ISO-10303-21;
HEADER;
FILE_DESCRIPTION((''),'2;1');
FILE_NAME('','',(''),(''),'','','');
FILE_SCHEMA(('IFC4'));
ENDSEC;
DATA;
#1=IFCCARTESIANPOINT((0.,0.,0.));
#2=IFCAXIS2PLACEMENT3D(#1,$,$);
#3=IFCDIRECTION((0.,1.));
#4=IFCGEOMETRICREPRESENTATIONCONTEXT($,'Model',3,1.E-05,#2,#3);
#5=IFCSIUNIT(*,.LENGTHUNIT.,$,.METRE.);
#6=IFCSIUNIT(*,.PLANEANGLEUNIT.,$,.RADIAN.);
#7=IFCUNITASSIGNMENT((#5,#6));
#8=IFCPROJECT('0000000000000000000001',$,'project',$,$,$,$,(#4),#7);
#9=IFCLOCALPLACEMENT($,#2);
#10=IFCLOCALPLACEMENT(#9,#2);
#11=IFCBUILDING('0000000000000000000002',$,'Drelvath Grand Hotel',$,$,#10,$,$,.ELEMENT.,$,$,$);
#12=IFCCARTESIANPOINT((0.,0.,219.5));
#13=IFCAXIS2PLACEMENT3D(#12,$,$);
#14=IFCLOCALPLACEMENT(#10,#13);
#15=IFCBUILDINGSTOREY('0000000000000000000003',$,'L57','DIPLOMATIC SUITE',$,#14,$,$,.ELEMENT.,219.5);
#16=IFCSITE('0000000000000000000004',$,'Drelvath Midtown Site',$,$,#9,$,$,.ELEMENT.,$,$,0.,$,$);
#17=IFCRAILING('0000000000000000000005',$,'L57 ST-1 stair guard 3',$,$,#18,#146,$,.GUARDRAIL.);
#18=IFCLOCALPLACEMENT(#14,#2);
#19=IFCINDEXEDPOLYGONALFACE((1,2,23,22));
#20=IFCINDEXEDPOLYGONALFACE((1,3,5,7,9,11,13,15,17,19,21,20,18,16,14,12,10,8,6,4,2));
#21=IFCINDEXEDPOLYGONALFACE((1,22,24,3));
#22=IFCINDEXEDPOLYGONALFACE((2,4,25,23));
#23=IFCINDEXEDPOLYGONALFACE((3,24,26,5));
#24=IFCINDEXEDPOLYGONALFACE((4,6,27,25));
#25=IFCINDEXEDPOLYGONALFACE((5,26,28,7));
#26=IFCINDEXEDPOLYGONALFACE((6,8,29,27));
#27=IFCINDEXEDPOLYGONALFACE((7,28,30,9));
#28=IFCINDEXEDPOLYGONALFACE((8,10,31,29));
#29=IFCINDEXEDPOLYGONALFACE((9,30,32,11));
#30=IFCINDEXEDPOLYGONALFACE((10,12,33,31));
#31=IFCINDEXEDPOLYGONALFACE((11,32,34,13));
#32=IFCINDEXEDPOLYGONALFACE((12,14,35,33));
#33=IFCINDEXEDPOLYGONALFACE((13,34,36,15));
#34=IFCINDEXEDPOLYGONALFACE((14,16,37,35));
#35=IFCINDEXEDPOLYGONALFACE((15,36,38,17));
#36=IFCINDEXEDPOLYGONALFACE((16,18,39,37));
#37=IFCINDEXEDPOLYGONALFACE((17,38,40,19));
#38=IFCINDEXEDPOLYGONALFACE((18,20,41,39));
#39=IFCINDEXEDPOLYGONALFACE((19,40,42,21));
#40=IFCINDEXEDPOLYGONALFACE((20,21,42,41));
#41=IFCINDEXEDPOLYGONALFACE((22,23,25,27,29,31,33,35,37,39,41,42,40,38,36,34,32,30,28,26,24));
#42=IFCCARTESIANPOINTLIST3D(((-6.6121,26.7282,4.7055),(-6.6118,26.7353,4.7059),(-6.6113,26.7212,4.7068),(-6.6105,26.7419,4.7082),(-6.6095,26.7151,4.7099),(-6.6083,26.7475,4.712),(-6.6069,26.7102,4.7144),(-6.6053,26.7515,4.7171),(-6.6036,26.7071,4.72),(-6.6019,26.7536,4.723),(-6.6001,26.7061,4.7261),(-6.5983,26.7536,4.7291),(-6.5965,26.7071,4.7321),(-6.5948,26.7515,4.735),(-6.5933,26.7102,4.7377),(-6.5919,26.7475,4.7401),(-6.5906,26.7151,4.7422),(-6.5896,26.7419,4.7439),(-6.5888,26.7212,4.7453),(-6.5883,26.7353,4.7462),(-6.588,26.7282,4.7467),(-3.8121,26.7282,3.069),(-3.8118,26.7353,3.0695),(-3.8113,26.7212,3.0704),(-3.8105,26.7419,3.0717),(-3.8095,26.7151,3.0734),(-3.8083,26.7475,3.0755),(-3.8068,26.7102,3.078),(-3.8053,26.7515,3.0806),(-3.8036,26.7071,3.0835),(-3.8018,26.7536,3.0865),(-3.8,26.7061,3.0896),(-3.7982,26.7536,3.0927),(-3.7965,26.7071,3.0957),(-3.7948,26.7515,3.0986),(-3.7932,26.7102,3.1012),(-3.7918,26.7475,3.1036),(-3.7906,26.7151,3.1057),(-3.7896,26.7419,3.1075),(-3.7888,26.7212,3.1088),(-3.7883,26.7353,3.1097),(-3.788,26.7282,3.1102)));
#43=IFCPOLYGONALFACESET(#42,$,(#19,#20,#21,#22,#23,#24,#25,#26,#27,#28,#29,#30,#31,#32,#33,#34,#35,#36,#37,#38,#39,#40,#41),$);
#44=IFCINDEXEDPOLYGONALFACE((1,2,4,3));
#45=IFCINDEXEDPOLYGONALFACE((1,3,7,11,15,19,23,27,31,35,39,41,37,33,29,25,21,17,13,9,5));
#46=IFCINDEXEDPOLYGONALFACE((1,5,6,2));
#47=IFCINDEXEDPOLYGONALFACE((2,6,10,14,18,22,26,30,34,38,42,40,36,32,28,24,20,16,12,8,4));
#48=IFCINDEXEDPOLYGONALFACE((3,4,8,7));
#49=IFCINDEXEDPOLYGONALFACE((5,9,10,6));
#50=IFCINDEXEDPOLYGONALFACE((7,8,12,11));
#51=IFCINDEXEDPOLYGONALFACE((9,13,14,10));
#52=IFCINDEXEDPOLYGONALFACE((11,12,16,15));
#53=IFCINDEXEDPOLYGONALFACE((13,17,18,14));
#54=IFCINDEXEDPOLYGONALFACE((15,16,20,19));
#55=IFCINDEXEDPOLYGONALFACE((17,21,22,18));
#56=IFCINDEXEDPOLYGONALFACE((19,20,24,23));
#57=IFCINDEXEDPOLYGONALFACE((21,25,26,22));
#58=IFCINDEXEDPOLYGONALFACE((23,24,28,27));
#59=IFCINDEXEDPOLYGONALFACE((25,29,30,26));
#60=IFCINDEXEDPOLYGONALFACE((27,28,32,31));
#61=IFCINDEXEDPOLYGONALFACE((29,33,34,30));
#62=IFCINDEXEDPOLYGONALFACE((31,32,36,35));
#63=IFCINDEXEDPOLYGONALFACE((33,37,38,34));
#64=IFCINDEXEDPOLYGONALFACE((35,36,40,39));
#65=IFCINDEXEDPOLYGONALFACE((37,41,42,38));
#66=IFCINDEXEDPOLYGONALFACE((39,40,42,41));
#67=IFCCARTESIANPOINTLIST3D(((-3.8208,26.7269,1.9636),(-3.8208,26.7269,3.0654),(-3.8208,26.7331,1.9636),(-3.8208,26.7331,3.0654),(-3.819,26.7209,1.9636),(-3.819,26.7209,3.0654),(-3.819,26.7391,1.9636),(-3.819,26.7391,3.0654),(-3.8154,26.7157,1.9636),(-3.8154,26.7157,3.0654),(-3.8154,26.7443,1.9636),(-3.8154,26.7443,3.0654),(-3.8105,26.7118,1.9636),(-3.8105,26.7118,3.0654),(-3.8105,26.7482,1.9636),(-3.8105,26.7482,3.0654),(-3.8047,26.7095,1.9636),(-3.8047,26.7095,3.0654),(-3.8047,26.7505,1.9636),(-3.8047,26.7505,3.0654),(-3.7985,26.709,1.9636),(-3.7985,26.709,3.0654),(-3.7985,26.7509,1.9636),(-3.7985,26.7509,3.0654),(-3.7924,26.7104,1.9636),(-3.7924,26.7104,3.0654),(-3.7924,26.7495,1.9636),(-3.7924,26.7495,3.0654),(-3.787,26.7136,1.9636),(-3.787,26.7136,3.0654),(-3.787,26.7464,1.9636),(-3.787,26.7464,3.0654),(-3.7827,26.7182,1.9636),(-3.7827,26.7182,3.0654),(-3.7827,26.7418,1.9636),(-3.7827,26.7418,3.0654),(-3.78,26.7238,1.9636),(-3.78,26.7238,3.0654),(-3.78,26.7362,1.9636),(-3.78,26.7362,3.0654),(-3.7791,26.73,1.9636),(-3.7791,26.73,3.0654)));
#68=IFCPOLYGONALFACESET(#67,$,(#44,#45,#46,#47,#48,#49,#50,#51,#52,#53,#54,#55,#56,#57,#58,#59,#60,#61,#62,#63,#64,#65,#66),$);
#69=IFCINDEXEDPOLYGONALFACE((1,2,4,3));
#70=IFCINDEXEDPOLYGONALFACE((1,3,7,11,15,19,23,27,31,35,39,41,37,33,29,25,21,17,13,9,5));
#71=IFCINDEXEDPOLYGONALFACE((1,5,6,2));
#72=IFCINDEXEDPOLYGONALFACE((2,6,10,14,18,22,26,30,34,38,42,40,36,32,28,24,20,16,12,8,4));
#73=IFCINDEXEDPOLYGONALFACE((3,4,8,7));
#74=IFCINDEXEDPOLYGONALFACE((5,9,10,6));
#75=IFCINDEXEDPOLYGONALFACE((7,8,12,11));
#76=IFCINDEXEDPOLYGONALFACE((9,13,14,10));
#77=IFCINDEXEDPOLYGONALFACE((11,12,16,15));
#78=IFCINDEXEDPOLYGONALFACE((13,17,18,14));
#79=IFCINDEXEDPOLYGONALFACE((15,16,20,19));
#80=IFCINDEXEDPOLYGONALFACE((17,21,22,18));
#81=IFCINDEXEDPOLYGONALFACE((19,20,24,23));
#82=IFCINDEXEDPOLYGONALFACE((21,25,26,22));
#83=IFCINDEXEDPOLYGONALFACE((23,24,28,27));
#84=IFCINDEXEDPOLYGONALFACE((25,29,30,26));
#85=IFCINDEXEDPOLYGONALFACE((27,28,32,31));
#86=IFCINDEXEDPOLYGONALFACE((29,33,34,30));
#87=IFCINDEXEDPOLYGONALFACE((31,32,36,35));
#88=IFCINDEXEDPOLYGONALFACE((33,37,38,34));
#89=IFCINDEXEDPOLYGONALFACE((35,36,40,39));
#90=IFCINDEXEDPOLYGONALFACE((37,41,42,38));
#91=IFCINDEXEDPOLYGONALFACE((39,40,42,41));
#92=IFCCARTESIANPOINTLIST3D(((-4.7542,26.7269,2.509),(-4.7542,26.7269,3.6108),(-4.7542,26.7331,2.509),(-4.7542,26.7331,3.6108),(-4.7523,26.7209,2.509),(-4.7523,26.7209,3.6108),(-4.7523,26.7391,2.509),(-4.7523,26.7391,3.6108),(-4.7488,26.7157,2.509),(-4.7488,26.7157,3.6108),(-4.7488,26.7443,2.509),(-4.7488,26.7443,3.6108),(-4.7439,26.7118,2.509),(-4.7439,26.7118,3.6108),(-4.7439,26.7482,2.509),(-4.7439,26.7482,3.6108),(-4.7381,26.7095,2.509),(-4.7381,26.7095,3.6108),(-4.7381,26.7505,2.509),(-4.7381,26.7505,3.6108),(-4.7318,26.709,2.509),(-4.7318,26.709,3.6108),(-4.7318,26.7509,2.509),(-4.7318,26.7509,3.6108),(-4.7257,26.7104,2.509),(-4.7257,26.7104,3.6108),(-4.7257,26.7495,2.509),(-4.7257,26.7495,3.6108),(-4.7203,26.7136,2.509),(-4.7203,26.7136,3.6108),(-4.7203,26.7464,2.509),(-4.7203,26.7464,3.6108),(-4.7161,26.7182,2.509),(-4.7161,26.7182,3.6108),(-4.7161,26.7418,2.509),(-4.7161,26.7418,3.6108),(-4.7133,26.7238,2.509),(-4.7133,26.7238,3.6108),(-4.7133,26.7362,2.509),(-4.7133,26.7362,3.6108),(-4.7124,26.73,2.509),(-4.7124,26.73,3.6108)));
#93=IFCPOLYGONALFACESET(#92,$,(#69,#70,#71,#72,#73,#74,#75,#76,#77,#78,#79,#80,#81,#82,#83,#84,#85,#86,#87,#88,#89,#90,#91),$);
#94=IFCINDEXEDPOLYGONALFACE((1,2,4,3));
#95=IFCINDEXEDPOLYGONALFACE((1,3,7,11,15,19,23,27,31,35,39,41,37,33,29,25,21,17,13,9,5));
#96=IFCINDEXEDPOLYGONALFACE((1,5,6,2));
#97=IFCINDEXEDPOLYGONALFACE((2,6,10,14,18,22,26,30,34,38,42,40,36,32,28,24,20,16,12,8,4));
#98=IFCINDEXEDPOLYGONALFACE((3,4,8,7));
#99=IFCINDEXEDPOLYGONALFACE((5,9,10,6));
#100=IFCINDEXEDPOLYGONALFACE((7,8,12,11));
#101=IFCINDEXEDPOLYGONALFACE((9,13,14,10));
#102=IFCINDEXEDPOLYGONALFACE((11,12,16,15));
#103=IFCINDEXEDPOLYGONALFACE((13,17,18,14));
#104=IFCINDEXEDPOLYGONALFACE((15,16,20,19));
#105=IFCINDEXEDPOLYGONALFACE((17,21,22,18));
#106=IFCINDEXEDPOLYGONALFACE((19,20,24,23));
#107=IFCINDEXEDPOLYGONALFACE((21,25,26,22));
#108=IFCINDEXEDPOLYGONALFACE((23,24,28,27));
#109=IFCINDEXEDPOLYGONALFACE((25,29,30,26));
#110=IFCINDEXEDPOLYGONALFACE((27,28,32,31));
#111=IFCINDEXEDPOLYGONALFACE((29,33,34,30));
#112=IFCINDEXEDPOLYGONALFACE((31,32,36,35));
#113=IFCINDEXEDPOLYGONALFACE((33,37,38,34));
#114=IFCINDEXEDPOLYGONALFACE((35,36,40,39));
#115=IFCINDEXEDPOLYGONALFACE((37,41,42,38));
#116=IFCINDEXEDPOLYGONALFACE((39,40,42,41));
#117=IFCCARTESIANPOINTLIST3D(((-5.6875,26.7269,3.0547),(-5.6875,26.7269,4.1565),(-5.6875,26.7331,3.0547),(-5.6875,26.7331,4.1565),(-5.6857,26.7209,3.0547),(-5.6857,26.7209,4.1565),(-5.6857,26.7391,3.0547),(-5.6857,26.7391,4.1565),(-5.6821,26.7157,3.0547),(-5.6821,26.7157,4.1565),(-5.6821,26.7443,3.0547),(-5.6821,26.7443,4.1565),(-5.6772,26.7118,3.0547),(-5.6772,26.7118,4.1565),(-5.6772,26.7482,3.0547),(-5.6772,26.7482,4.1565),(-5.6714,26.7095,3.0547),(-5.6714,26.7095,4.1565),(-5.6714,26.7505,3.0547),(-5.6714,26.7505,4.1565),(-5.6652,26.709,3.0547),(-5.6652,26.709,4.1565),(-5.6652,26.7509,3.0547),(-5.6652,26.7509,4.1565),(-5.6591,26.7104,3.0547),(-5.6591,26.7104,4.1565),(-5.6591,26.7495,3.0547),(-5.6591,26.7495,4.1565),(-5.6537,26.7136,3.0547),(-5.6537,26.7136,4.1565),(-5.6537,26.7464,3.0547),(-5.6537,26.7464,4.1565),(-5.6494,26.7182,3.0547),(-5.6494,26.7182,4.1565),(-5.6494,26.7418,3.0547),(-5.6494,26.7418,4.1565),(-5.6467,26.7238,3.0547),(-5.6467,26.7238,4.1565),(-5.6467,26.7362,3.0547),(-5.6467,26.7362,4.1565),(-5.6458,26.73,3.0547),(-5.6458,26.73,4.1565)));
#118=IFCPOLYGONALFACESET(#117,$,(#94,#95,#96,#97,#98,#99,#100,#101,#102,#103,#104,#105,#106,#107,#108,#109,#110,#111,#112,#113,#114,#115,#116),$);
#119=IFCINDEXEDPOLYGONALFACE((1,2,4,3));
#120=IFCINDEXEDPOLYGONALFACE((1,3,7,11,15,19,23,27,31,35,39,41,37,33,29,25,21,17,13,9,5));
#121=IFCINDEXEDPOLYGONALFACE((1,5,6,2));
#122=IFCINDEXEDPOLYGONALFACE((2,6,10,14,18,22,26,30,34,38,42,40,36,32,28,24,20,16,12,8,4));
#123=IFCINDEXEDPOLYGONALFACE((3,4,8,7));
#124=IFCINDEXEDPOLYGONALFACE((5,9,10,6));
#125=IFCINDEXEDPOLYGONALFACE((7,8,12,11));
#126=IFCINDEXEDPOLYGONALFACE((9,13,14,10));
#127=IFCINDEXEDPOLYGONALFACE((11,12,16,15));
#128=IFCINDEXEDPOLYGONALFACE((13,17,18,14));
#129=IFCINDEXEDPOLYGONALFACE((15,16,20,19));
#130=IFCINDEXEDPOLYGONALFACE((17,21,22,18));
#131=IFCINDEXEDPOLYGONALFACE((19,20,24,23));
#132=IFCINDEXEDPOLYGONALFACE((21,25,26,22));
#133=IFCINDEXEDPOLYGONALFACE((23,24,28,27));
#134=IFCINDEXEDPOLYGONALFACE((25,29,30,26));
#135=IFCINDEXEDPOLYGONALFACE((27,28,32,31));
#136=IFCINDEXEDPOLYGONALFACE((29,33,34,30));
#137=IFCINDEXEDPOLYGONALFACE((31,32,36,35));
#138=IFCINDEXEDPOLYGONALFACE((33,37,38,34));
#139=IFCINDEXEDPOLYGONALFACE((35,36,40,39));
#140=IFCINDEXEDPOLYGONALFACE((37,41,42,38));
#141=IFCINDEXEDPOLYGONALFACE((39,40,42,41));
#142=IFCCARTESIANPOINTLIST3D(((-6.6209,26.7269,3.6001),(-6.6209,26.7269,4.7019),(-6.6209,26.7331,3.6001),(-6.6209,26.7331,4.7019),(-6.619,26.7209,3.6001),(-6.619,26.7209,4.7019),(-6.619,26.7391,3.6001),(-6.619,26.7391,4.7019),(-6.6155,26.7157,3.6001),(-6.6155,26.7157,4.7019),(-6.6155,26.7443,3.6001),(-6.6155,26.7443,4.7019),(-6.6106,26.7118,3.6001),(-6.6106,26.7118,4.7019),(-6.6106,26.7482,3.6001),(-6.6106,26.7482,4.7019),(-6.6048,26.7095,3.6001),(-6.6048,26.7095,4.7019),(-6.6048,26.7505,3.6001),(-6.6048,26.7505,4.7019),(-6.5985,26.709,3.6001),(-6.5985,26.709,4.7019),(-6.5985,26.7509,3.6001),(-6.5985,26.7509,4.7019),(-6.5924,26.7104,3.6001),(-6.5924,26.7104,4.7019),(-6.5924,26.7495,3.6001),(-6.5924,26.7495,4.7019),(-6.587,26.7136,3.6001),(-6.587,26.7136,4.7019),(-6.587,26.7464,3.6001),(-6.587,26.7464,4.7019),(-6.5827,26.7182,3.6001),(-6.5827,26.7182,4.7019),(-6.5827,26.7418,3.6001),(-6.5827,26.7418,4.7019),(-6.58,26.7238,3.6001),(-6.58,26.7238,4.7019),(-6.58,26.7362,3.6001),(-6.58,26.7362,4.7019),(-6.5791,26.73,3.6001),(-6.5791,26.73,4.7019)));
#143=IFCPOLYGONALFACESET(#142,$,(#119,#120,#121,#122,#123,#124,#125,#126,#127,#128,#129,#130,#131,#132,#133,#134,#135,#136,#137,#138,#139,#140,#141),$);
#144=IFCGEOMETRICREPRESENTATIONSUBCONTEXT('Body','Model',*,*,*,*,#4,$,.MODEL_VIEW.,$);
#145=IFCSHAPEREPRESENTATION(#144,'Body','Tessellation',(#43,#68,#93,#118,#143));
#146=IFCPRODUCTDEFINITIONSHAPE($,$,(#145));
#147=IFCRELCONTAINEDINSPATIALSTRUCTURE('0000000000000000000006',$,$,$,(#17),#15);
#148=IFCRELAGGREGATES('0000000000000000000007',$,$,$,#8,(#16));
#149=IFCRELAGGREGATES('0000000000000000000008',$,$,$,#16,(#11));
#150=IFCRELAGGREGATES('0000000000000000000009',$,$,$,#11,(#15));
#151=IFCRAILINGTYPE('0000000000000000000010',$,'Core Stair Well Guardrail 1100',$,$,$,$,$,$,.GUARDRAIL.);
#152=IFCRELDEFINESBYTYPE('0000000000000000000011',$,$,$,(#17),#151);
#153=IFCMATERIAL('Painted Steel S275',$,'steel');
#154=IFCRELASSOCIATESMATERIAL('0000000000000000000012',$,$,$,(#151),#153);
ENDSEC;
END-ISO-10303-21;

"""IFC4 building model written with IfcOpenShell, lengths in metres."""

from ifc_helpers import new_model, si_unit, direction, frame, origin, origin_2d, place, context, subcontext, project, spatial, circle, extrude, material, type_object, element, save


model = new_model("IFC4")

# Units and contexts
model_context = context("Model", 3, precision=1e-05, world=origin(), true_north=direction((0.0, 1.0)))
body_context = subcontext(model_context, "Body", "Model", "MODEL_VIEW")
ifc_project = project(units=[si_unit("LENGTHUNIT", "METRE"), si_unit("PLANEANGLEUNIT", "RADIAN")], contexts=[model_context])

# Site, building, storey
site_placement = place(None, origin())
site = spatial("IfcSite", under=ifc_project, at=site_placement, Name="Drelvath Midtown Site", CompositionType="ELEMENT", RefElevation=0.0)
building_placement = place(site_placement, origin())
building = spatial("IfcBuilding", under=site, at=building_placement, Name="Drelvath Grand Hotel", CompositionType="ELEMENT")
storey_placement = place(building_placement, frame((0.0, 0.0, 219.5)))
storey = spatial("IfcBuildingStorey", under=building, at=storey_placement, Name="L57", Description="DIPLOMATIC SUITE", CompositionType="ELEMENT", Elevation=219.5)

# Shared definitions
ifc_material_1 = material(Name="Painted Steel S275", Category="steel")

# Railing
railing_type_1 = type_object("IfcRailingType", Name="Core Stair Well Guardrail 1100", PredefinedType="GUARDRAIL", material=ifc_material_1)
railing_1_placement = place(storey_placement, frame((-3.8, 26.73, 1.9636)))
element("IfcRailing", 1, at=railing_1_placement, inside=storey, type_object=railing_type_1, Name="L57 ST-1 stair guard 3", PredefinedType="GUARDRAIL", context=body_context, shape_type="SweptSolid", body=[
    extrude(circle(Radius=0.0239, at=origin_2d()), frame((0.0, 0.0, 1.126), z_axis=(-0.863361, 0.0, 0.504587), x_axis=(0.0, -1.0, 0.0)), (0.0, 0.0, 1.0), 3.2432),
    extrude(circle(Radius=0.021, at=origin_2d()), origin(), (0.0, 0.0, 1.0), 1.1018),
    extrude(circle(Radius=0.021, at=origin_2d()), frame((-0.9333, 0.0, 0.5454)), (0.0, 0.0, 1.0), 1.1018),
    extrude(circle(Radius=0.021, at=origin_2d()), frame((-1.8667, 0.0, 1.0911)), (0.0, 0.0, 1.0), 1.1018),
    extrude(circle(Radius=0.021, at=origin_2d()), frame((-2.8, 0.0, 1.6365)), (0.0, 0.0, 1.0), 1.1018),
])

save(model, "model.ifc")
